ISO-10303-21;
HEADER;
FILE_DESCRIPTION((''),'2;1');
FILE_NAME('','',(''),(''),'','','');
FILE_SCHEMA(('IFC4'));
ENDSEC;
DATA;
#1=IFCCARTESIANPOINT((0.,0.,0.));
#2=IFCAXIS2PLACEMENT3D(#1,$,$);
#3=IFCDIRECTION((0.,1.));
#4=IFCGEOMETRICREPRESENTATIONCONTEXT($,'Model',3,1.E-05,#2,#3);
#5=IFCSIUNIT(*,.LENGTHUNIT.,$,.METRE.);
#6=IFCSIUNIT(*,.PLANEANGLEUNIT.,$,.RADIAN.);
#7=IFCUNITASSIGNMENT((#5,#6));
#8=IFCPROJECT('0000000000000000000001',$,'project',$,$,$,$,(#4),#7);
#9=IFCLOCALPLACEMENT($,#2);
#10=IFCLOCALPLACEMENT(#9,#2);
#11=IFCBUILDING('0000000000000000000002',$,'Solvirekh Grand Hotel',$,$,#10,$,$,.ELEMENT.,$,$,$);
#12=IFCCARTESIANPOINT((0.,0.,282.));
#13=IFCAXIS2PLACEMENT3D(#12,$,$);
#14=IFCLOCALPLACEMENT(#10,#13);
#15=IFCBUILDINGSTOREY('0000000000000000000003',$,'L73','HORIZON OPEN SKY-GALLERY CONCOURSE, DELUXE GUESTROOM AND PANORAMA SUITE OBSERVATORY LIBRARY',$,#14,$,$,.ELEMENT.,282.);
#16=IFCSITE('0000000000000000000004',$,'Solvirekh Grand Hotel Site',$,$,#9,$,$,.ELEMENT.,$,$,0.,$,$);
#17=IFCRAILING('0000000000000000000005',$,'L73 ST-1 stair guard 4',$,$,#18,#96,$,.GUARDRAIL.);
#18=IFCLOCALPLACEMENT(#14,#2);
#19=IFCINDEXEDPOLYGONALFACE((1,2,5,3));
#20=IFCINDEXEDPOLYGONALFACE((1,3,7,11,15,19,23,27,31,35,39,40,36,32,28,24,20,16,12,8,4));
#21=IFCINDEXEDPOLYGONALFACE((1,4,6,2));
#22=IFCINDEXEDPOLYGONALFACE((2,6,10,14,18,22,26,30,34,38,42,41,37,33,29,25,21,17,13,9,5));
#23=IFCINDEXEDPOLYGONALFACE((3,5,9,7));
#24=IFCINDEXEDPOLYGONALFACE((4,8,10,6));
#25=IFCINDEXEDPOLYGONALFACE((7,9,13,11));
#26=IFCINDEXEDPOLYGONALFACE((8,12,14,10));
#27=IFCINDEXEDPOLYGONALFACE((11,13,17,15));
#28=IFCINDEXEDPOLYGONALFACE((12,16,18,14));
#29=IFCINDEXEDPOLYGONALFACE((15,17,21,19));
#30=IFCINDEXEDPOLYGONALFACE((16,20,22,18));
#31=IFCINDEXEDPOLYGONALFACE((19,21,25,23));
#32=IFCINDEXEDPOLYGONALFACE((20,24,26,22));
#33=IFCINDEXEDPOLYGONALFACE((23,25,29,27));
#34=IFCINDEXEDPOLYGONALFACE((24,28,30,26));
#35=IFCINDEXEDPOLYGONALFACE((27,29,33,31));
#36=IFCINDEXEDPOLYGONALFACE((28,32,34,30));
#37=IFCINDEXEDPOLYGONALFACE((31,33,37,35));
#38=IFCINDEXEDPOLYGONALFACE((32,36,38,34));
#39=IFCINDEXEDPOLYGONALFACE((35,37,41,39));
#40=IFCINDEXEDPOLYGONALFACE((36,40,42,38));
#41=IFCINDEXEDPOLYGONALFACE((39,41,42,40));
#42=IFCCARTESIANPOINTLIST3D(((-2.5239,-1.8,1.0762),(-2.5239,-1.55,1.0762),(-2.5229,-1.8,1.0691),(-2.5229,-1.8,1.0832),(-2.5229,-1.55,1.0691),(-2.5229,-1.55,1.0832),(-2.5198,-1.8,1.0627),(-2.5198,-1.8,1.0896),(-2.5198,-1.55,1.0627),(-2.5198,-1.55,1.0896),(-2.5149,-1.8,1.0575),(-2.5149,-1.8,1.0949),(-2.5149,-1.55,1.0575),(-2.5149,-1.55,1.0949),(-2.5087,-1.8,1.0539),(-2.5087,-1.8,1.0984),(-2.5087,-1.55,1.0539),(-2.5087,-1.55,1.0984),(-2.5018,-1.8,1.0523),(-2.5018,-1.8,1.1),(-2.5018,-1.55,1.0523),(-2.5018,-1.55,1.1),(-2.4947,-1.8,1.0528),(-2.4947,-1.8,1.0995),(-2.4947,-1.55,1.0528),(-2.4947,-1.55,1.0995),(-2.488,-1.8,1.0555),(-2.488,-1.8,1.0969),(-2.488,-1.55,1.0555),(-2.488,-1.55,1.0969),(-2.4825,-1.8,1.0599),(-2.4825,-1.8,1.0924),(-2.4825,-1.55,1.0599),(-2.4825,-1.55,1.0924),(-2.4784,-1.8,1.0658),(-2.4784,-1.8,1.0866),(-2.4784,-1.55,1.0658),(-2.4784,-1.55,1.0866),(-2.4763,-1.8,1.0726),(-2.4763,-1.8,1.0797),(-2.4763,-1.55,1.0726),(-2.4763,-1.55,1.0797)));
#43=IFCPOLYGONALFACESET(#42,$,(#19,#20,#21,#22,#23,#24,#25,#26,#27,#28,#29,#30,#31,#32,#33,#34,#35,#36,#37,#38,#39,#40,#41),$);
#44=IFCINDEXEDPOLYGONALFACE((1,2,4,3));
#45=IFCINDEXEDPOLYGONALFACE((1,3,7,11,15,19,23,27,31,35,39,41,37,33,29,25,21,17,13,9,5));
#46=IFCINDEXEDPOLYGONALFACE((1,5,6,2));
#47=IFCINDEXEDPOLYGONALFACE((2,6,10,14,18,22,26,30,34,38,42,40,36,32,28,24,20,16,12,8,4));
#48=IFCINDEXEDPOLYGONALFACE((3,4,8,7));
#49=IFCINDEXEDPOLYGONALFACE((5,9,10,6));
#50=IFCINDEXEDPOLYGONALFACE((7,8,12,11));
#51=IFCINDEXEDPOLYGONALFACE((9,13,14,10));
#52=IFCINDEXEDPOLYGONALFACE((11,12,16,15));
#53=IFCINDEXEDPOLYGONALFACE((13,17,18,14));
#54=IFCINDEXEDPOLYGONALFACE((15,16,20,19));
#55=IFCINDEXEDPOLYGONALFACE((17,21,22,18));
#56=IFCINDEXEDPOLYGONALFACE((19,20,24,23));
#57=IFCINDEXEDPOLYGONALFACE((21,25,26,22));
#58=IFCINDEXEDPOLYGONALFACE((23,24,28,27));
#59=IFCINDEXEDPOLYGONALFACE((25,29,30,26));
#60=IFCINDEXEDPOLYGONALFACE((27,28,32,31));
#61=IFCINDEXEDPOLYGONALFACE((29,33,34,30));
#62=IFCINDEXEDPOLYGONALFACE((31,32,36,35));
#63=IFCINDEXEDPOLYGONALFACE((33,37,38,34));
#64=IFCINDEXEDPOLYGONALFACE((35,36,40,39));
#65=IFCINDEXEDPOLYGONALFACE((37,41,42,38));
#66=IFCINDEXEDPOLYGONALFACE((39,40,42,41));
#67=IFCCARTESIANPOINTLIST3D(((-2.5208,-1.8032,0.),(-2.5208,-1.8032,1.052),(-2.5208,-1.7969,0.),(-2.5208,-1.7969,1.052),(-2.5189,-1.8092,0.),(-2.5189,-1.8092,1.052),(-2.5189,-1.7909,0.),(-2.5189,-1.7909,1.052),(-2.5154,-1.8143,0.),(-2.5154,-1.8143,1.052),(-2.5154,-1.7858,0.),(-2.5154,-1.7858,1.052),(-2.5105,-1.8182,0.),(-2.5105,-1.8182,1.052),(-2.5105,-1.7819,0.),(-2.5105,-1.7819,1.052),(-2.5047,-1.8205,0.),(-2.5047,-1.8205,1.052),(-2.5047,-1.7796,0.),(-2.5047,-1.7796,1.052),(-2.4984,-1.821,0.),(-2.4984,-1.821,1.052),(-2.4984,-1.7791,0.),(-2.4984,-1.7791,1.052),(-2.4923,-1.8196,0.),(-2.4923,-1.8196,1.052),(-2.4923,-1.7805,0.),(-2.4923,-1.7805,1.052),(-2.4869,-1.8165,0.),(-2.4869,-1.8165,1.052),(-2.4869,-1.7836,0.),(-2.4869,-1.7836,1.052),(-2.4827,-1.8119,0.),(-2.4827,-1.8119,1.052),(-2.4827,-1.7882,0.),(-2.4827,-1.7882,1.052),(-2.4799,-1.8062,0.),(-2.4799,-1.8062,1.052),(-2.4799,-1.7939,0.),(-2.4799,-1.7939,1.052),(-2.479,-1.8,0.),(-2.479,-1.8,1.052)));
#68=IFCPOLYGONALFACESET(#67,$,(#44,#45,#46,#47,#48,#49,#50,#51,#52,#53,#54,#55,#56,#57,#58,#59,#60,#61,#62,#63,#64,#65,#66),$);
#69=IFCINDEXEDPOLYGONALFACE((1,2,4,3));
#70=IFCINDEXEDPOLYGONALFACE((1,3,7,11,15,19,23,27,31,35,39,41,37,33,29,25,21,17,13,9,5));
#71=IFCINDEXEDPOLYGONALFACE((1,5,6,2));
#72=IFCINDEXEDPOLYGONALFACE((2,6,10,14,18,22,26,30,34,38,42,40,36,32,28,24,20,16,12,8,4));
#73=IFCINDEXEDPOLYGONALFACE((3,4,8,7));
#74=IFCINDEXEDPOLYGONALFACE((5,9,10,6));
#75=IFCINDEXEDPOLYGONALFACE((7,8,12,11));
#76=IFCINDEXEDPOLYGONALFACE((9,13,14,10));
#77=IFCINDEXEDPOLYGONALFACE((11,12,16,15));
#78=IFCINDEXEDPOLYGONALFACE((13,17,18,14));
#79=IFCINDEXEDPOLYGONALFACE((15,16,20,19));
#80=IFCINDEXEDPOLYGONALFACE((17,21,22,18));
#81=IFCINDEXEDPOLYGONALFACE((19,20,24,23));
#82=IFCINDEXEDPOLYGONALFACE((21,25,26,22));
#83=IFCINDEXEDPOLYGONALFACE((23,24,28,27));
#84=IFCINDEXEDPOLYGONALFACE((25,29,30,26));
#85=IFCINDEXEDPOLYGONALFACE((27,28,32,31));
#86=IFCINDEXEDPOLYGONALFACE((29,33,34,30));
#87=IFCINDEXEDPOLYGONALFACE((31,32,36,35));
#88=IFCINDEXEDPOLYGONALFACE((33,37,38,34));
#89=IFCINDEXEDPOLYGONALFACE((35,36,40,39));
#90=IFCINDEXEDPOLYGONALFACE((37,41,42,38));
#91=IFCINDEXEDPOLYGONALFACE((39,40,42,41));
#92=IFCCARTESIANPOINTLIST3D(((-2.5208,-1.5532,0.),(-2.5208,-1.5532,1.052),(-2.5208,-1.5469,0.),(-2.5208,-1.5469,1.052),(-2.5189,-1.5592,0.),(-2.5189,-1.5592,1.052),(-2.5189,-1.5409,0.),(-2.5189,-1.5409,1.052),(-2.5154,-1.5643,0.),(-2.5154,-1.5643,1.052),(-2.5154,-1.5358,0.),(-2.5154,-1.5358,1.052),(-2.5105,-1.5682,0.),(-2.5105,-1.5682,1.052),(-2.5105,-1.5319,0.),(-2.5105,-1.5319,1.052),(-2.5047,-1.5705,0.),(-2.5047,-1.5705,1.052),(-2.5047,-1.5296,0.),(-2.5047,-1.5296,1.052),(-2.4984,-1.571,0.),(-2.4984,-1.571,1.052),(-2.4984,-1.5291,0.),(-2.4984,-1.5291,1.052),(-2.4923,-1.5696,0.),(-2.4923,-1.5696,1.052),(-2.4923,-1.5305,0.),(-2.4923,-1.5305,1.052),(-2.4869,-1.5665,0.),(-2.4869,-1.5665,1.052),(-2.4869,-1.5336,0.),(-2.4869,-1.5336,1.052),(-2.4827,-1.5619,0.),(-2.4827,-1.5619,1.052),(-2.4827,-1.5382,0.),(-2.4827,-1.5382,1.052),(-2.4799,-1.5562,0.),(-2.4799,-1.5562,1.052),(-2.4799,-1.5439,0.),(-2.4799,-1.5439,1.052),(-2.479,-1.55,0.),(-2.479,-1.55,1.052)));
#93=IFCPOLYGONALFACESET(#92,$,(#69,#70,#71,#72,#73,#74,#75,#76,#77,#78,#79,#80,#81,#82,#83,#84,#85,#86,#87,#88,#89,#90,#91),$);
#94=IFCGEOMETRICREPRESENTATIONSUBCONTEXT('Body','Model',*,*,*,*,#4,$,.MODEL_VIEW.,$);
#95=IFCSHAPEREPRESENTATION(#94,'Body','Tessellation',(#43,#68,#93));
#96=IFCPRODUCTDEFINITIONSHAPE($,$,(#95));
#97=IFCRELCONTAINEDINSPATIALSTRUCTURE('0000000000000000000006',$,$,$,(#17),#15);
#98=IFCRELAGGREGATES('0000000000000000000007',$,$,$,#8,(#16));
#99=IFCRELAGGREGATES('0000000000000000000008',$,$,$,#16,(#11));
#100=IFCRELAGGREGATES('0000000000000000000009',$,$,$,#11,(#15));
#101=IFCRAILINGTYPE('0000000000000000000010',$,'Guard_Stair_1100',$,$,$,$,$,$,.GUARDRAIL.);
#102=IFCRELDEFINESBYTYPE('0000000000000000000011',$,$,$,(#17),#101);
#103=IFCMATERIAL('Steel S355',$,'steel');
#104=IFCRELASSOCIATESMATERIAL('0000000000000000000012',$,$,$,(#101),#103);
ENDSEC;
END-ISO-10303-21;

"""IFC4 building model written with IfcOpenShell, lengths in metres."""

from ifc_helpers import new_model, si_unit, direction, frame, origin, origin_2d, place, context, subcontext, project, spatial, circle, extrude, material, type_object, element, save


model = new_model("IFC4")

# Units and contexts
model_context = context("Model", 3, precision=1e-05, world=origin(), true_north=direction((0.0, 1.0)))
body_context = subcontext(model_context, "Body", "Model", "MODEL_VIEW")
ifc_project = project(units=[si_unit("LENGTHUNIT", "METRE"), si_unit("PLANEANGLEUNIT", "RADIAN")], contexts=[model_context])

# Site, building, storey
site_placement = place(None, origin())
site = spatial("IfcSite", under=ifc_project, at=site_placement, Name="Solvirekh Grand Hotel Site", CompositionType="ELEMENT", RefElevation=0.0)
building_placement = place(site_placement, origin())
building = spatial("IfcBuilding", under=site, at=building_placement, Name="Solvirekh Grand Hotel", CompositionType="ELEMENT")
storey_placement = place(building_placement, frame((0.0, 0.0, 282.0)))
storey = spatial("IfcBuildingStorey", under=building, at=storey_placement, Name="L73", Description="HORIZON OPEN SKY-GALLERY CONCOURSE, DELUXE GUESTROOM AND PANORAMA SUITE OBSERVATORY LIBRARY", CompositionType="ELEMENT", Elevation=282.0)

# Shared definitions
ifc_material_1 = material(Name="Steel S355", Category="steel")

# Railing
railing_type_1 = type_object("IfcRailingType", Name="Guard_Stair_1100", PredefinedType="GUARDRAIL", material=ifc_material_1)
railing_1_placement = place(storey_placement, frame((-2.5, -1.8, 0.0)))
element("IfcRailing", 1, at=railing_1_placement, inside=storey, type_object=railing_type_1, Name="L73 ST-1 stair guard 4", PredefinedType="GUARDRAIL", context=body_context, shape_type="SweptSolid", body=[
    extrude(circle(Radius=0.0239, at=origin_2d()), frame((0.0, 0.0, 1.0762), z_axis=(0.0, 1.0, 0.0), x_axis=(-1.0, 0.0, 0.0)), (0.0, 0.0, 1.0), 0.25),
    extrude(circle(Radius=0.021, at=origin_2d()), origin(), (0.0, 0.0, 1.0), 1.052),
    extrude(circle(Radius=0.021, at=origin_2d()), frame((0.0, 0.25, 0.0)), (0.0, 0.0, 1.0), 1.052),
])

save(model, "model.ifc")
